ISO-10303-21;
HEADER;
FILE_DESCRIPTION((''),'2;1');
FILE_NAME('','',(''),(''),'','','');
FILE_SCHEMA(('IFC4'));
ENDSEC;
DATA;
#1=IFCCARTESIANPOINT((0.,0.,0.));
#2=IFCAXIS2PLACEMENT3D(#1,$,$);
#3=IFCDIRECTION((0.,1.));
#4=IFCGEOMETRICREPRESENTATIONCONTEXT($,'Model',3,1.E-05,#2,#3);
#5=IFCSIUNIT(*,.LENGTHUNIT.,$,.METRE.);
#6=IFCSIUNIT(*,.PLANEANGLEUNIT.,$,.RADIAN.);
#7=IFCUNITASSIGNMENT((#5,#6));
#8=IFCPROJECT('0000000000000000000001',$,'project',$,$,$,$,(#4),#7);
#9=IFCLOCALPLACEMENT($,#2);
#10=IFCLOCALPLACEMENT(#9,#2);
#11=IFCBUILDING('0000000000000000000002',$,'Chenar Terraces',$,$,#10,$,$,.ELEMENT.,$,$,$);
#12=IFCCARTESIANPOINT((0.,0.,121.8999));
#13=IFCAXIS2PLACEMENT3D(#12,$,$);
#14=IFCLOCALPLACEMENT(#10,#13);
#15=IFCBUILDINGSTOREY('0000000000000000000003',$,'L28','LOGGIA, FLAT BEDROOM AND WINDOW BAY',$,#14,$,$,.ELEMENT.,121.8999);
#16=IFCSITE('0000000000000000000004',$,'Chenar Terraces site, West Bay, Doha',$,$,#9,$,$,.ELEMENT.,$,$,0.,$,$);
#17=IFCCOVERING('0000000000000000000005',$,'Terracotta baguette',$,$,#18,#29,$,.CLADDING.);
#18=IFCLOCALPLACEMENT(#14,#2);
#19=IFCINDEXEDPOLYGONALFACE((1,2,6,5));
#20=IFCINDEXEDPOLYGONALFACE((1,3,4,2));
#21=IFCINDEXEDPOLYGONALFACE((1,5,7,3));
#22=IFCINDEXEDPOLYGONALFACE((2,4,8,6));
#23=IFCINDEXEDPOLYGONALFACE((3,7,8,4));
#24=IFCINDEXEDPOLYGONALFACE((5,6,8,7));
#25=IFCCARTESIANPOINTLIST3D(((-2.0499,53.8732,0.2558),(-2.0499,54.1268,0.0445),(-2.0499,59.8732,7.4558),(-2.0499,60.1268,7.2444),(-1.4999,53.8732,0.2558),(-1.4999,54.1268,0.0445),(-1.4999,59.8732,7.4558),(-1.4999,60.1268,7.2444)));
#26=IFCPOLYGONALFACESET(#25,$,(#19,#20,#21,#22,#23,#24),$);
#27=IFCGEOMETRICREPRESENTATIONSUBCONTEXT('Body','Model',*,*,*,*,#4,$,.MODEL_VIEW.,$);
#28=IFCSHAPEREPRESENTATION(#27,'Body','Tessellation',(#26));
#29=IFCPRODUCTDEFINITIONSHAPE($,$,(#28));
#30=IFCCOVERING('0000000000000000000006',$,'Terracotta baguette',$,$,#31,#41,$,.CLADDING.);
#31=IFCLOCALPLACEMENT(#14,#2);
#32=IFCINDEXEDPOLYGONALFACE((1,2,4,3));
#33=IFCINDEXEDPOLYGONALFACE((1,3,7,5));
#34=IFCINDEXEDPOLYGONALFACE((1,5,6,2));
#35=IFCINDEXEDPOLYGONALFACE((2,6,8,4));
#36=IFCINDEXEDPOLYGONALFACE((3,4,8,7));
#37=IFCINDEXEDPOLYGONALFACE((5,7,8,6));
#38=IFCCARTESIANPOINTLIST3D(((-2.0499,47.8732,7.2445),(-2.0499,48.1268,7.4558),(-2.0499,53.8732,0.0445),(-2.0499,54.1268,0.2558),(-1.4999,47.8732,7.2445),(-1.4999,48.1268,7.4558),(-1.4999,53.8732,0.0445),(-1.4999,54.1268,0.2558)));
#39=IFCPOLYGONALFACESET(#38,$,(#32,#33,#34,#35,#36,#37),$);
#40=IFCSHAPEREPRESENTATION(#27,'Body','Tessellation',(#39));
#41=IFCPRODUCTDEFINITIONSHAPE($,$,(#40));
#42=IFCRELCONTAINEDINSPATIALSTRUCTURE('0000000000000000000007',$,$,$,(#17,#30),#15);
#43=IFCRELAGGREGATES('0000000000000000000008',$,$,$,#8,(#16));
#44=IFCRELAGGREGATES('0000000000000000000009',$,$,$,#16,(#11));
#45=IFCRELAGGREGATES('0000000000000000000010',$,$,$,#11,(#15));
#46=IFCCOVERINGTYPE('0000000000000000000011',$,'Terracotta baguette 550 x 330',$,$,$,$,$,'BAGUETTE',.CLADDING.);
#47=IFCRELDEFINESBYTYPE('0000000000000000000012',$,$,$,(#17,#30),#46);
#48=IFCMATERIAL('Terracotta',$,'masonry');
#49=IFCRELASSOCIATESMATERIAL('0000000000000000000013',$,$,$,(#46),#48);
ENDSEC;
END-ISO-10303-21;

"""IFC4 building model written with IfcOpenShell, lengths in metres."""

from ifc_helpers import new_model, si_unit, direction, frame, origin, origin_2d, place, context, subcontext, project, spatial, rectangle, extrude, material, material_profile, profile_set, type_object, element, save


model = new_model("IFC4")

# Units and contexts
model_context = context("Model", 3, precision=1e-05, world=origin(), true_north=direction((0.0, 1.0)))
body_context = subcontext(model_context, "Body", "Model", "MODEL_VIEW")
ifc_project = project(units=[si_unit("LENGTHUNIT", "METRE"), si_unit("PLANEANGLEUNIT", "RADIAN")], contexts=[model_context])

# Site, building, storey
site_placement = place(None, origin())
site = spatial("IfcSite", under=ifc_project, at=site_placement, Name="Chenar Terraces site, West Bay, Doha", CompositionType="ELEMENT", RefElevation=0.0)
building_placement = place(site_placement, origin())
building = spatial("IfcBuilding", under=site, at=building_placement, Name="Chenar Terraces", CompositionType="ELEMENT")
storey_placement = place(building_placement, frame((0.0, 0.0, 121.8999)))
storey = spatial("IfcBuildingStorey", under=building, at=storey_placement, Name="L28", Description="LOGGIA, FLAT BEDROOM AND WINDOW BAY", CompositionType="ELEMENT", Elevation=121.8999)

# Coverings
ifc_material_1 = material(Name="Terracotta", Category="masonry")
ifc_material_profile_1 = material_profile(ifc_material_1, rectangle(XDim=0.55, YDim=0.3301, at=origin_2d()), Name="Terracotta baguette 550 x 330")
ifc_profile_set_1 = profile_set([ifc_material_profile_1], Name="Terracotta")
covering_type = type_object("IfcCoveringType", Name="Terracotta baguette 550 x 330", ElementType="BAGUETTE", PredefinedType="CLADDING", material=ifc_profile_set_1)
for number, where, z_axis, x_axis, name in (
    (1, (-1.7749, 60.0, 7.3501), (0.0, -0.640187, -0.768219), (1.0, 0.0, 0.0), "Terracotta baguette"),
    (2, (-1.7749, 54.0, 0.1501), (0.0, -0.640187, 0.768219), (1.0, 0.0, 0.0), "Terracotta baguette"),
):
    element("IfcCovering", number, at=place(storey_placement, frame(where, z_axis=z_axis, x_axis=x_axis)), inside=storey, type_object=covering_type, Name=name, PredefinedType="CLADDING", context=body_context, shape_type="SweptSolid", body=[
        extrude(rectangle(XDim=0.55, YDim=0.3301, at=origin_2d()), origin(), (0.0, 0.0, 1.0), 9.3723),
    ])

save(model, "model.ifc")
